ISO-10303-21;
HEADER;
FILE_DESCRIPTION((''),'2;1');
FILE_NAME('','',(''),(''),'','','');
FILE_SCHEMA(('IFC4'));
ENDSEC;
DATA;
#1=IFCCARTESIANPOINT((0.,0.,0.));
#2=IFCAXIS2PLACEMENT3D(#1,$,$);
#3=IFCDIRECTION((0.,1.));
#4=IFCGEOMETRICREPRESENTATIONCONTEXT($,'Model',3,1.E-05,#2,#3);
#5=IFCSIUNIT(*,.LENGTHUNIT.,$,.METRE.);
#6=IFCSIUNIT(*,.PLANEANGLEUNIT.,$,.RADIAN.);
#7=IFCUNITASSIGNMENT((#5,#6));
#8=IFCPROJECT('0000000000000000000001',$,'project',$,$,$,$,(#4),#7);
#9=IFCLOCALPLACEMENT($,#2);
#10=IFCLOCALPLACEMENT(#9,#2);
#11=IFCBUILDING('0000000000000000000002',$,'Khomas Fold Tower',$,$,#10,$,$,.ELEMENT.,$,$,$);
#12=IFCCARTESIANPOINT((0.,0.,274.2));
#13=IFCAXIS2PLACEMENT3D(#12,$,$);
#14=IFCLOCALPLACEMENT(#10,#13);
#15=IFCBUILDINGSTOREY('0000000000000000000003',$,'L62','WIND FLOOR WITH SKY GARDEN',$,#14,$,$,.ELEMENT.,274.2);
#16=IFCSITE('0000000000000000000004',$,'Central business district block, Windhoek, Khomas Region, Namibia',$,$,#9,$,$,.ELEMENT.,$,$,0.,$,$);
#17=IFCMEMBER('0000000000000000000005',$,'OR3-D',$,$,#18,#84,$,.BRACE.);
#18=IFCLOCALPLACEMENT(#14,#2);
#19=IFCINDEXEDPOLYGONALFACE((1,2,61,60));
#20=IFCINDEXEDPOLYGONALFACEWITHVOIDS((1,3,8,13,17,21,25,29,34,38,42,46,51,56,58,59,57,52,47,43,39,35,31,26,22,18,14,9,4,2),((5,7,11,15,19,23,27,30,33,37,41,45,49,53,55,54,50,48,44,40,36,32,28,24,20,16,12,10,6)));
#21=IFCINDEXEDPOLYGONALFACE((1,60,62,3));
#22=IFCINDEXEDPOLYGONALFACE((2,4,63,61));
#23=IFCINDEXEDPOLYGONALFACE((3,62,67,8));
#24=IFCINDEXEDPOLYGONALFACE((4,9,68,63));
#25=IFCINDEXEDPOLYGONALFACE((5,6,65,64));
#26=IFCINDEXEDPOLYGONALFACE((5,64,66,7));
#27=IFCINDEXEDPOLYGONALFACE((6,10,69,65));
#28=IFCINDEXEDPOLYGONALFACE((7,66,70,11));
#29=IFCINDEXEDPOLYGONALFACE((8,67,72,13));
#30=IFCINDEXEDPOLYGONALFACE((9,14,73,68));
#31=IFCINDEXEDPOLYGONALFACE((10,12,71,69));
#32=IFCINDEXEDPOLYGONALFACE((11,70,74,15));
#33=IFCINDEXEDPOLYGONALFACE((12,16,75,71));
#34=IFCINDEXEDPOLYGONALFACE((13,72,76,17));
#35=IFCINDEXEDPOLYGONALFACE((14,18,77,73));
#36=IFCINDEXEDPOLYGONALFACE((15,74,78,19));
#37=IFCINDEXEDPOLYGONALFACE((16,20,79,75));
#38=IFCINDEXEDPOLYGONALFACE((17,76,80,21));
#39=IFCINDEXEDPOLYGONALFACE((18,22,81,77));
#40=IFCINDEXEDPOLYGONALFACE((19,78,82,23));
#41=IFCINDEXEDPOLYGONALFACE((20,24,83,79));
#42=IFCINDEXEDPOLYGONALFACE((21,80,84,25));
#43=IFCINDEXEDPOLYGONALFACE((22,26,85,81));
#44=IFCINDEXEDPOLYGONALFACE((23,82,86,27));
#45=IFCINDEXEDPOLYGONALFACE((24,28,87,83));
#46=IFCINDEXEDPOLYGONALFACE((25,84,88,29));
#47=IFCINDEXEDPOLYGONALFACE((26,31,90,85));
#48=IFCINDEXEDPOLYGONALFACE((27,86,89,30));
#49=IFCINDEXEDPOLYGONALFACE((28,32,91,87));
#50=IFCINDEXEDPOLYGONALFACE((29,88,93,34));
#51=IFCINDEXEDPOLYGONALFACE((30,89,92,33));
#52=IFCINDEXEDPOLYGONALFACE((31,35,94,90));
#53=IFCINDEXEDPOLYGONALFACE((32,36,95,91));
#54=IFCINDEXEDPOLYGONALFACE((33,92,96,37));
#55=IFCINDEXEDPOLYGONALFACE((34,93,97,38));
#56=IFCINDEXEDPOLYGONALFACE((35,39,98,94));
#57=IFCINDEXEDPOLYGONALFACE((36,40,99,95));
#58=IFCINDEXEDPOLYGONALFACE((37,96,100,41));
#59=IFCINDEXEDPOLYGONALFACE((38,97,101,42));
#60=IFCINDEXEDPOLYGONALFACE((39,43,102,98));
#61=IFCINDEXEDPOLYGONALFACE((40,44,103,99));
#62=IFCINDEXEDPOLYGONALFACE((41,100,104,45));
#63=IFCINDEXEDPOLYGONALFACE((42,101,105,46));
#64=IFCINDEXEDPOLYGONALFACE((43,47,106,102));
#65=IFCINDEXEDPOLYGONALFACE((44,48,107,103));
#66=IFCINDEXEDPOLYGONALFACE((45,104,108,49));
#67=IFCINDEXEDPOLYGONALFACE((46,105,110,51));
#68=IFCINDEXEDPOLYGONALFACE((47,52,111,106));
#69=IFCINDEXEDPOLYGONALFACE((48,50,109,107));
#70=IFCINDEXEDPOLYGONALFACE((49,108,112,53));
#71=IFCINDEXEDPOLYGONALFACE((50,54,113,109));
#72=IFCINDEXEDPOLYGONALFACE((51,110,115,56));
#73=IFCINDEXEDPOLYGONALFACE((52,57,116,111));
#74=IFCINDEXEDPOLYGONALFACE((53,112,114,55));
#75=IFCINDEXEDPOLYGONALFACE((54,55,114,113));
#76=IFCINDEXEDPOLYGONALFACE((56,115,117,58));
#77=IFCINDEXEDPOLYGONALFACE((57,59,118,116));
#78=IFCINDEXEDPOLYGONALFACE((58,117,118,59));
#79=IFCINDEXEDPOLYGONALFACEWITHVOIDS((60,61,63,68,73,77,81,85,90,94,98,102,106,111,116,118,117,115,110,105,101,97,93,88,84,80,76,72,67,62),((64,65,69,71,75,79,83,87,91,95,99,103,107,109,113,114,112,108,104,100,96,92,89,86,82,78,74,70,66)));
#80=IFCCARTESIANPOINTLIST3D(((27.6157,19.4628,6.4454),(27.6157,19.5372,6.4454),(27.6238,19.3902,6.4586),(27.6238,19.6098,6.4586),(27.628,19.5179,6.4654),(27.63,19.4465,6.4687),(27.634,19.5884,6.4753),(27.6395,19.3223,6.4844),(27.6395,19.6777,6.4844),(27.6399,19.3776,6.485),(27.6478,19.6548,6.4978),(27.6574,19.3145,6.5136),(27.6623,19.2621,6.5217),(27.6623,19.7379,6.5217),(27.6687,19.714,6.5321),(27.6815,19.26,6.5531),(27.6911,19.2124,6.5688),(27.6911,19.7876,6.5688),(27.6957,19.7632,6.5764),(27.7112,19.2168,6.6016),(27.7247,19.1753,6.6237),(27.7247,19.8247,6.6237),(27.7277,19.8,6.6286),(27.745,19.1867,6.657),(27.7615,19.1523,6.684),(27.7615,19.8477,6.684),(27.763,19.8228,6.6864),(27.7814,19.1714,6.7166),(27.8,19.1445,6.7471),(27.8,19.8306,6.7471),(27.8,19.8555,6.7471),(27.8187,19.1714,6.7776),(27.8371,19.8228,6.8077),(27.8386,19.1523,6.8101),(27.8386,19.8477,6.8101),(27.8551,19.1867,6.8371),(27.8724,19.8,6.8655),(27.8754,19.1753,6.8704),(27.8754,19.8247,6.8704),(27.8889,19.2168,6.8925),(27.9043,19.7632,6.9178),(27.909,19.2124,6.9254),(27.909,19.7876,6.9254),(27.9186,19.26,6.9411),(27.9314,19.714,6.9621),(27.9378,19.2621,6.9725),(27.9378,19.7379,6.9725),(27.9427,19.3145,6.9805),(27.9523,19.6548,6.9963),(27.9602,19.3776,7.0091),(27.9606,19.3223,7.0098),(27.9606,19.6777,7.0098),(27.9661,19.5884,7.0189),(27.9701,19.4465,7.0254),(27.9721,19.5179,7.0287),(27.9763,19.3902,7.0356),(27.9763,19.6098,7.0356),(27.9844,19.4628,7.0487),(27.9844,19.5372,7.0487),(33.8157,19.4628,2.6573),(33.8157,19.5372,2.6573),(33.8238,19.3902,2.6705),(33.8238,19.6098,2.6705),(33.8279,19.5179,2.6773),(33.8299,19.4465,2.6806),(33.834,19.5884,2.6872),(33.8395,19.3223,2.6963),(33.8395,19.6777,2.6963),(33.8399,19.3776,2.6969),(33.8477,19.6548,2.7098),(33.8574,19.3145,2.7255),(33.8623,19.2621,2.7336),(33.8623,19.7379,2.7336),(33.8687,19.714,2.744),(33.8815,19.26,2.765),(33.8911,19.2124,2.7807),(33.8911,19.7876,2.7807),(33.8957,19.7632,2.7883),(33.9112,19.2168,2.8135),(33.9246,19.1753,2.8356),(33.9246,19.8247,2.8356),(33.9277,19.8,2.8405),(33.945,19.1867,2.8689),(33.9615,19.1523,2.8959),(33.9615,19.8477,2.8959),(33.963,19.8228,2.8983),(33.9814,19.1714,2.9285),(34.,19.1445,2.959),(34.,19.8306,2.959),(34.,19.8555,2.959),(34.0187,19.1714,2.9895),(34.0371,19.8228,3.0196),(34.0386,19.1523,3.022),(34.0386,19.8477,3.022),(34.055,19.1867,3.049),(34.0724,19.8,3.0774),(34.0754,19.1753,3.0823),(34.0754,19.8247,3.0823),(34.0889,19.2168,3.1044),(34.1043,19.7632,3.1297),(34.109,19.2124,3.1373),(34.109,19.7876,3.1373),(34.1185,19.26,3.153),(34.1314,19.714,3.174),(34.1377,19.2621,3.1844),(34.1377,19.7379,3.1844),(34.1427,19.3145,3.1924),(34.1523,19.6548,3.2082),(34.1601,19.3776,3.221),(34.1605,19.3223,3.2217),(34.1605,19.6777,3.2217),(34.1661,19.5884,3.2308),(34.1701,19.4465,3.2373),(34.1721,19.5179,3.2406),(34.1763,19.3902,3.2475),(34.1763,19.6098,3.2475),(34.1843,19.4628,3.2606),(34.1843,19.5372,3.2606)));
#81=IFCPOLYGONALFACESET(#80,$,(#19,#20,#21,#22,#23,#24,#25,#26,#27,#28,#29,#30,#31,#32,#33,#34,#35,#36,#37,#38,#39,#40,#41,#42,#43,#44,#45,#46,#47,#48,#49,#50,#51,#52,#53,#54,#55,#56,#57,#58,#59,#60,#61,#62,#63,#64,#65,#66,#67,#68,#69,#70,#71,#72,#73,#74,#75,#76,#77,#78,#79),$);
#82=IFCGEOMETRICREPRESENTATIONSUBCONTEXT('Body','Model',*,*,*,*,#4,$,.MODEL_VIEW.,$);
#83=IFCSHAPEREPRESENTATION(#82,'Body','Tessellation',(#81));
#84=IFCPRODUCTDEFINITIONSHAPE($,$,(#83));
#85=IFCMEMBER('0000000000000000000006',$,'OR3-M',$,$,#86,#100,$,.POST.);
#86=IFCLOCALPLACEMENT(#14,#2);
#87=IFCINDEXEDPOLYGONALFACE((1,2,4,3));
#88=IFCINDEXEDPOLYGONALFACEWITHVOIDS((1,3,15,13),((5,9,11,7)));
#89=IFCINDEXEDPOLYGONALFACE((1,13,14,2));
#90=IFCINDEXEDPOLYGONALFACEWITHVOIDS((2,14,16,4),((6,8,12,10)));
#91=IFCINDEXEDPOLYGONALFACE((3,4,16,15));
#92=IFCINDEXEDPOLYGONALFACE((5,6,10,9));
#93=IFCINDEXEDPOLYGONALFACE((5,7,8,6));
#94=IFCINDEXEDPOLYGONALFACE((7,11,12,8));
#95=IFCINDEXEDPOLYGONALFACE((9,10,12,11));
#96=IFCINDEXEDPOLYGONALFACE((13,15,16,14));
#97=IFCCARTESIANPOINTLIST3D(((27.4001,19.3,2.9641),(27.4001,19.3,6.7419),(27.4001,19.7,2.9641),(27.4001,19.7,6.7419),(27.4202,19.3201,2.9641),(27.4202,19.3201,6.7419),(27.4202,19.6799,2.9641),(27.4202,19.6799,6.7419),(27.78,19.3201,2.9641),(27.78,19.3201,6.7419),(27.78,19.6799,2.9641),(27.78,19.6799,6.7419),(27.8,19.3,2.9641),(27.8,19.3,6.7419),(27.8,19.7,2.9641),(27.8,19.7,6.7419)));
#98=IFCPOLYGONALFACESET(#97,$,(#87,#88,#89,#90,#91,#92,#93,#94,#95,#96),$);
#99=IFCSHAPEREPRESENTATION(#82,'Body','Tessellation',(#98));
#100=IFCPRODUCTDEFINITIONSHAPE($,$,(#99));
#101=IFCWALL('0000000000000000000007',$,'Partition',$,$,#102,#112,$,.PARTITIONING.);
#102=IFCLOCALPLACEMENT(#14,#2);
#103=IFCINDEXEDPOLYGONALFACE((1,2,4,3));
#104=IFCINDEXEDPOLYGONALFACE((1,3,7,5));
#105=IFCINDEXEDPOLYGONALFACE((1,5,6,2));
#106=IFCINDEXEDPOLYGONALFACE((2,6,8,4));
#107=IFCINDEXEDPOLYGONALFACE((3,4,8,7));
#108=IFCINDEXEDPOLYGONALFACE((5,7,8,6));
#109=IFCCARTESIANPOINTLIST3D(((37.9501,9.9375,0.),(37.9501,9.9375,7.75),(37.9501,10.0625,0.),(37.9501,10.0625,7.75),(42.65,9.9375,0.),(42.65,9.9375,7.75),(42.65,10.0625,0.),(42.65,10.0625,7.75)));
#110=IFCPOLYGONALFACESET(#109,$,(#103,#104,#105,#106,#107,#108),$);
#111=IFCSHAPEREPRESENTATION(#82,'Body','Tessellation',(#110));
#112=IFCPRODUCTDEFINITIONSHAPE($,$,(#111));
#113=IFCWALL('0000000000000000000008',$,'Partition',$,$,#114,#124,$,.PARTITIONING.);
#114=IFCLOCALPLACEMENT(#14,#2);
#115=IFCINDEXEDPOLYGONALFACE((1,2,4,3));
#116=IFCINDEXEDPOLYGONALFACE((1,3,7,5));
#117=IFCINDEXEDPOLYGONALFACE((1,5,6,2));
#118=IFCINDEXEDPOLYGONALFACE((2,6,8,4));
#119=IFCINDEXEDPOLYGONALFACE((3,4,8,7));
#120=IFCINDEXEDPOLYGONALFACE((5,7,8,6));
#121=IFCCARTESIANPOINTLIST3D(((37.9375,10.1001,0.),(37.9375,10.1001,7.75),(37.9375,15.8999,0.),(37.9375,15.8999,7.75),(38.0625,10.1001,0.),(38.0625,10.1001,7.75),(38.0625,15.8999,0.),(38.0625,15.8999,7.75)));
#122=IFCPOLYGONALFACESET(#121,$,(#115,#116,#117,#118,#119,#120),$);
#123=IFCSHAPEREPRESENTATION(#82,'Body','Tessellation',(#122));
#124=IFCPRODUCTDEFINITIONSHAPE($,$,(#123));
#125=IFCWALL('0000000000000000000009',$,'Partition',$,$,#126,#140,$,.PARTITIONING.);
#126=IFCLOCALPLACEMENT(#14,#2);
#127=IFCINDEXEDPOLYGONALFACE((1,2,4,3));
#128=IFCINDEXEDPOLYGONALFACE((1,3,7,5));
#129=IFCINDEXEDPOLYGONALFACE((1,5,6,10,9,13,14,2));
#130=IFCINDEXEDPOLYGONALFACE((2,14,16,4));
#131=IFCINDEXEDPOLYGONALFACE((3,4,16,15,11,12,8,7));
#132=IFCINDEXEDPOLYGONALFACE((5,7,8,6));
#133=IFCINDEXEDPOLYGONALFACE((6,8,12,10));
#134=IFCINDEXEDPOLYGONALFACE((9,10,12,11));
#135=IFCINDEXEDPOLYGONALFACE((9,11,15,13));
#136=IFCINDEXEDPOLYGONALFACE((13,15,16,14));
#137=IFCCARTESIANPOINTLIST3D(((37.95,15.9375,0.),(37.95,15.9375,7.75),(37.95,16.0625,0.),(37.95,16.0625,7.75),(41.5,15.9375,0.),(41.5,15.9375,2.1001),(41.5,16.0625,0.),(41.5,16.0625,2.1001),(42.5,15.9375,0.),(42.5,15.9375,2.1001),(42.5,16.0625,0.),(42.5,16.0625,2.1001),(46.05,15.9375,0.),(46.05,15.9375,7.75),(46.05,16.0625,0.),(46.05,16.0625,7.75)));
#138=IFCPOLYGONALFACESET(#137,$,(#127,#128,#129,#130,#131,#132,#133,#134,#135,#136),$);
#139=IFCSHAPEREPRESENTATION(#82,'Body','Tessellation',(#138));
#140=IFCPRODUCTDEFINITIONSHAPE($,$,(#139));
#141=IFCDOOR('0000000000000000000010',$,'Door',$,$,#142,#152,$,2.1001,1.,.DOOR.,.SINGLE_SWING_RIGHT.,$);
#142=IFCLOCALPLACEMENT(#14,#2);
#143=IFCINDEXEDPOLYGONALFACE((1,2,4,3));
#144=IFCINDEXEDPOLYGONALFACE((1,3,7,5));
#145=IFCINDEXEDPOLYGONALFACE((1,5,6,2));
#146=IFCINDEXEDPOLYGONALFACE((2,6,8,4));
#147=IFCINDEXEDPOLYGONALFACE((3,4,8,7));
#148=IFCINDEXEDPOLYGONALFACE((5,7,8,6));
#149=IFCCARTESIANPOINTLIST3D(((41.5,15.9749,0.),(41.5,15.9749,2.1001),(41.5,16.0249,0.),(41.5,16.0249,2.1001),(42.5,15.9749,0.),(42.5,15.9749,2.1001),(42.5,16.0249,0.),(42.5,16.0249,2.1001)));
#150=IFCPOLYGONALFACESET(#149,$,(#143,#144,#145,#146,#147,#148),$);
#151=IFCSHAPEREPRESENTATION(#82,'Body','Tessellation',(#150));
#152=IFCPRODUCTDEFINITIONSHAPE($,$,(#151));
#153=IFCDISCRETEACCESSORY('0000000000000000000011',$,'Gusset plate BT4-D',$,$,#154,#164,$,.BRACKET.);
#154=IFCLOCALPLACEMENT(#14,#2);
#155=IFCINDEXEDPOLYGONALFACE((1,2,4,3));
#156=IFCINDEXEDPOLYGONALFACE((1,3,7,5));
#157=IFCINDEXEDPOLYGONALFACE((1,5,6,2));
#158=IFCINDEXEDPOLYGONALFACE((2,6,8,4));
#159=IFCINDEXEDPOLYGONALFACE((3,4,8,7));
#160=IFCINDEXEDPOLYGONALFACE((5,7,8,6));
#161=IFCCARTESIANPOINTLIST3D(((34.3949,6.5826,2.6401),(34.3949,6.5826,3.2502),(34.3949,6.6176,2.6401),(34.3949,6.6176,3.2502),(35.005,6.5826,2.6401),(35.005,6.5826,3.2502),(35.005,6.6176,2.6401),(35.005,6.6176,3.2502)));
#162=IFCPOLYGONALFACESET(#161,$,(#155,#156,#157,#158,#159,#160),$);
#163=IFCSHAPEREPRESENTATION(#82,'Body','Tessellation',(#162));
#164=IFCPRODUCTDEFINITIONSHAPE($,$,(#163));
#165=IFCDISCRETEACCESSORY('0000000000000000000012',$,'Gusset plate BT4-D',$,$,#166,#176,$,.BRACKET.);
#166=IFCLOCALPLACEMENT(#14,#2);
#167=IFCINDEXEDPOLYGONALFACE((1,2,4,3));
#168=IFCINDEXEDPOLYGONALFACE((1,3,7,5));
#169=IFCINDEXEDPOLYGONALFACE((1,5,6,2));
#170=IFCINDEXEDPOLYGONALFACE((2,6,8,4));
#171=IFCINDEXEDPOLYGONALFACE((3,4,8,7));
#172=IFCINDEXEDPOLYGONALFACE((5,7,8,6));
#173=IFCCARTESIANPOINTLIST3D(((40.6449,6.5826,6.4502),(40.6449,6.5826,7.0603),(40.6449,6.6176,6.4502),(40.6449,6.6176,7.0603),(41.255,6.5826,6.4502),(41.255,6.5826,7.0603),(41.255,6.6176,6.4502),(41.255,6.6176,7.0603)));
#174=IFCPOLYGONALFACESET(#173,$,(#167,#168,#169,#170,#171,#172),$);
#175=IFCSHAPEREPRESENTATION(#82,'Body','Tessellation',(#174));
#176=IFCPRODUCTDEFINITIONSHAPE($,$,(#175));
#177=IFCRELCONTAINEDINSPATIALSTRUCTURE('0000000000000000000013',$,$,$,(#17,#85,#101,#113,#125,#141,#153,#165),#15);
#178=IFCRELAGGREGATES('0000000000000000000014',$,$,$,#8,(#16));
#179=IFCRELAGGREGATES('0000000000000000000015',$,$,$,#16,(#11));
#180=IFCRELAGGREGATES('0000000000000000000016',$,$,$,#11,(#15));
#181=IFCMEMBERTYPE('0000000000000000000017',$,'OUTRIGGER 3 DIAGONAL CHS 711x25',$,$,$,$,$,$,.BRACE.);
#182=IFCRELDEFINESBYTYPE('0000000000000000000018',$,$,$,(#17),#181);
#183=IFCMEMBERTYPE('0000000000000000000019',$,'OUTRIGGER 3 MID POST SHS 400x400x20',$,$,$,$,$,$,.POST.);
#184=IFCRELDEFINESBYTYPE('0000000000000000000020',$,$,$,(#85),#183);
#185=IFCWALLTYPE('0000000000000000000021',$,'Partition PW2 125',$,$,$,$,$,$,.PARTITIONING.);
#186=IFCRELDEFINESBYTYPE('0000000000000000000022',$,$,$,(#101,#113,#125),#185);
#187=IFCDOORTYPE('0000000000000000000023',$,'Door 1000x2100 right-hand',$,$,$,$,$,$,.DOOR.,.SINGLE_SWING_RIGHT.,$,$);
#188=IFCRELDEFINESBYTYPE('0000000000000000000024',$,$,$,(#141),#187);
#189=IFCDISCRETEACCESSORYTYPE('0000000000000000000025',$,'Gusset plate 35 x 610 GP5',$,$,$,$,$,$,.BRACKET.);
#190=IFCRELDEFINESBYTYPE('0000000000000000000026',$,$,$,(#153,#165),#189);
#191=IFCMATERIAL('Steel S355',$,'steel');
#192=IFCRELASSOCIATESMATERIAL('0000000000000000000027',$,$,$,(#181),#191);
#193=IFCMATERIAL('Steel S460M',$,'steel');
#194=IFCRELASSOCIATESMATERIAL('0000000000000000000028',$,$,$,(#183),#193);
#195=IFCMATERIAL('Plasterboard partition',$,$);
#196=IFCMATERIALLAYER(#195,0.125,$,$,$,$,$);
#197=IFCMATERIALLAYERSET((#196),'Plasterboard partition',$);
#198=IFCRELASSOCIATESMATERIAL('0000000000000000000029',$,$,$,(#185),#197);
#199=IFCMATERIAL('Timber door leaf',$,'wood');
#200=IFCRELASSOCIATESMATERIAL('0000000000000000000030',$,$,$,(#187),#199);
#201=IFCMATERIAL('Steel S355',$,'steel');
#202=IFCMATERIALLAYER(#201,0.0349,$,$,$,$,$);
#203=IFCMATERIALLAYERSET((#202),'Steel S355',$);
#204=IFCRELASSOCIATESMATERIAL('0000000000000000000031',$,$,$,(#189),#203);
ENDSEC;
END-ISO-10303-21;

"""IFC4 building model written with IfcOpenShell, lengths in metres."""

from ifc_helpers import new_model, si_unit, direction, frame, frame_2d, origin, origin_2d, place, context, subcontext, project, spatial, rectangle, hollow_rectangle, hollow_circle, extrude, source, transform, mapped, material, layer, layer_set, material_profile, profile_set, type_object, element, fill, save


model = new_model("IFC4")

# Units and contexts
model_context = context("Model", 3, precision=1e-05, world=origin(), true_north=direction((0.0, 1.0)))
body_context = subcontext(model_context, "Body", "Model", "MODEL_VIEW")
ifc_project = project(units=[si_unit("LENGTHUNIT", "METRE"), si_unit("PLANEANGLEUNIT", "RADIAN")], contexts=[model_context])

# Site, building, storey
site_placement = place(None, origin())
site = spatial("IfcSite", under=ifc_project, at=site_placement, Name="Central business district block, Windhoek, Khomas Region, Namibia", CompositionType="ELEMENT", RefElevation=0.0)
building_placement = place(site_placement, origin())
building = spatial("IfcBuilding", under=site, at=building_placement, Name="Khomas Fold Tower", CompositionType="ELEMENT")
storey_placement = place(building_placement, frame((0.0, 0.0, 274.2)))
storey = spatial("IfcBuildingStorey", under=building, at=storey_placement, Name="L62", Description="WIND FLOOR WITH SKY GARDEN", CompositionType="ELEMENT", Elevation=274.2)

# Members
ifc_material_1 = material(Name="Steel S355", Category="steel")
ifc_material_profile_1 = material_profile(ifc_material_1, hollow_circle(Radius=0.3555, WallThickness=0.0249, at=origin_2d()), Name="CHS 711x25")
ifc_profile_set_1 = profile_set([ifc_material_profile_1], Name="Steel S355")
member_type_1 = type_object("IfcMemberType", Name="OUTRIGGER 3 DIAGONAL CHS 711x25", PredefinedType="BRACE", material=ifc_profile_set_1)
shared_shape_1 = source(origin(), body_context, "Body", "SweptSolid", [
    extrude(hollow_circle(Radius=0.3555, WallThickness=0.0249, at=origin_2d()), origin(), (0.0, 0.0, 1.0), 7.2656),
])
member_1_placement = place(storey_placement, frame((27.8, 19.5, 6.7471), z_axis=(0.853329, 0.0, -0.521373), x_axis=(0.0, 1.0, 0.0)))
element("IfcMember", 1, at=member_1_placement, inside=storey, type_object=member_type_1, Name="OR3-D", PredefinedType="BRACE", context=body_context, shape_type="MappedRepresentation", body=[
    mapped(shared_shape_1, transform((0.0, 0.0, 0.0))),
])
ifc_material_2 = material(Name="Steel S460M", Category="steel")
ifc_material_profile_2 = material_profile(ifc_material_2, hollow_rectangle(XDim=0.3999, YDim=0.3999, WallThickness=0.02, at=origin_2d()), Name="SHS 400x400x20")
ifc_profile_set_2 = profile_set([ifc_material_profile_2], Name="Steel S460M")
member_type_2 = type_object("IfcMemberType", Name="OUTRIGGER 3 MID POST SHS 400x400x20", PredefinedType="POST", material=ifc_profile_set_2)
shared_shape_2 = source(origin(), body_context, "Body", "SweptSolid", [
    extrude(hollow_rectangle(XDim=0.3999, YDim=0.3999, WallThickness=0.02, at=origin_2d()), origin(), (0.0, 0.0, 1.0), 3.7778),
])
member_2_placement = place(storey_placement, frame((27.6001, 19.5, 2.9641), z_axis=(0.0, 0.0, 1.0), x_axis=(1.0, 0.0, 0.0)))
element("IfcMember", 2, at=member_2_placement, inside=storey, type_object=member_type_2, Name="OR3-M", PredefinedType="POST", context=body_context, shape_type="MappedRepresentation", body=[
    mapped(shared_shape_2, transform((0.0, 0.0, 0.0))),
])

# Walls
ifc_material_3 = material(Name="Plasterboard partition")
ifc_layer_1 = layer(ifc_material_3, 0.125)
ifc_layer_set_1 = layer_set([ifc_layer_1], Name="Plasterboard partition")
wall_type = type_object("IfcWallType", Name="Partition PW2 125", PredefinedType="PARTITIONING", material=ifc_layer_set_1)
shared_shape_3 = source(origin(), body_context, "Body", "SweptSolid", [
    extrude(rectangle(XDim=4.7, YDim=0.125, at=frame_2d((2.3501, 0.0))), origin(), (0.0, 0.0, 1.0), 7.75),
])
wall_1_placement = place(storey_placement, frame((37.95, 10.0, 0.0), z_axis=(0.0, 0.0, 1.0), x_axis=(1.0, 0.0, 0.0)))
element("IfcWall", 3, at=wall_1_placement, inside=storey, type_object=wall_type, Name="Partition", PredefinedType="PARTITIONING", context=body_context, shape_type="MappedRepresentation", body=[
    mapped(shared_shape_3, transform((0.0, 0.0, 0.0))),
])
shared_shape_4 = source(origin(), body_context, "Body", "SweptSolid", [
    extrude(rectangle(XDim=5.7998, YDim=0.125, at=frame_2d((2.8999, 0.0))), origin(), (0.0, 0.0, 1.0), 7.75),
])
wall_2_placement = place(storey_placement, frame((38.0, 10.1001, 0.0), z_axis=(0.0, 0.0, 1.0), x_axis=(0.0, 1.0, 0.0)))
element("IfcWall", 4, at=wall_2_placement, inside=storey, type_object=wall_type, Name="Partition", PredefinedType="PARTITIONING", context=body_context, shape_type="MappedRepresentation", body=[
    mapped(shared_shape_4, transform((0.0, 0.0, 0.0))),
])

# Wall, opening, door
shared_shape_5 = source(origin(), body_context, "Body", "SweptSolid", [
    extrude(rectangle(XDim=8.1001, YDim=0.125, at=frame_2d((4.05, 0.0))), origin(), (0.0, 0.0, 1.0), 7.75),
])
wall_3_placement = place(storey_placement, frame((37.95, 16.0, 0.0), z_axis=(0.0, 0.0, 1.0), x_axis=(1.0, 0.0, 0.0)))
wall_3 = element("IfcWall", 5, at=wall_3_placement, inside=storey, type_object=wall_type, Name="Partition", PredefinedType="PARTITIONING", context=body_context, shape_type="MappedRepresentation", body=[
    mapped(shared_shape_5, transform((0.0, 0.0, 0.0))),
])
shared_shape_6 = source(origin(), body_context, "Body", "SweptSolid", [
    extrude(rectangle(XDim=1.0, YDim=2.1001, at=frame_2d((0.5, 1.05))), frame((0.0, 0.0725, 0.0), z_axis=(0.0, -1.0, 0.0), x_axis=(1.0, 0.0, 0.0)), (0.0, 0.0, 1.0), 0.145),
])
opening_placement = place(wall_3_placement, frame((3.55, 0.0, 0.0)))
opening = element("IfcOpeningElement", 6, at=opening_placement, cuts=wall_3, PredefinedType="OPENING", context=body_context, shape_type="MappedRepresentation", body=[
    mapped(shared_shape_6, transform((0.0, 0.0, 0.0))),
])
ifc_material_4 = material(Name="Timber door leaf", Category="wood")
door_type = type_object("IfcDoorType", Name="Door 1000x2100 right-hand", OperationType="SINGLE_SWING_RIGHT", PredefinedType="DOOR", material=ifc_material_4)
shared_shape_7 = source(origin(), body_context, "Body", "SweptSolid", [
    extrude(rectangle(XDim=1.0, YDim=2.1001, at=frame_2d((0.5, 1.05))), frame((0.0, 0.0249, 0.0), z_axis=(0.0, -1.0, 0.0), x_axis=(1.0, 0.0, 0.0)), (0.0, 0.0, 1.0), 0.05),
])
door_placement = place(opening_placement, origin())
door = element("IfcDoor", 7, at=door_placement, inside=storey, type_object=door_type, Name="Door", OperationType="SINGLE_SWING_RIGHT", OverallHeight=2.1001, OverallWidth=1.0, PredefinedType="DOOR", context=body_context, shape_type="MappedRepresentation", body=[
    mapped(shared_shape_7, transform((0.0, 0.0, 0.0))),
])
fill(opening, door)

# Discrete accessories
ifc_material_5 = material(Name="Steel S355", Category="steel")
ifc_layer_2 = layer(ifc_material_5, 0.0349)
ifc_layer_set_2 = layer_set([ifc_layer_2], Name="Steel S355")
discrete_accessory_type_1 = type_object("IfcDiscreteAccessoryType", Name="Gusset plate 35 x 610 GP5", PredefinedType="BRACKET", material=ifc_layer_set_2)
shared_shape_8 = source(origin(), body_context, "Body", "SweptSolid", [
    extrude(rectangle(XDim=0.6101, YDim=0.0349, at=origin_2d()), origin(), (0.0, 0.0, 1.0), 0.6101),
])
for number, where, z_axis, x_axis, name in (
    (8, (34.7, 6.6001, 2.6401), (0.0, 0.0, 1.0), (1.0, 0.0, 0.0), "Gusset plate BT4-D"),
    (9, (40.95, 6.6001, 6.4502), (0.0, 0.0, 1.0), (1.0, 0.0, 0.0), "Gusset plate BT4-D"),
):
    element("IfcDiscreteAccessory", number, at=place(storey_placement, frame(where, z_axis=z_axis, x_axis=x_axis)), inside=storey, type_object=discrete_accessory_type_1, Name=name, PredefinedType="BRACKET", context=body_context, shape_type="MappedRepresentation", body=[
        mapped(shared_shape_8, transform((0.0, 0.0, 0.0))),
    ])

save(model, "model.ifc")
